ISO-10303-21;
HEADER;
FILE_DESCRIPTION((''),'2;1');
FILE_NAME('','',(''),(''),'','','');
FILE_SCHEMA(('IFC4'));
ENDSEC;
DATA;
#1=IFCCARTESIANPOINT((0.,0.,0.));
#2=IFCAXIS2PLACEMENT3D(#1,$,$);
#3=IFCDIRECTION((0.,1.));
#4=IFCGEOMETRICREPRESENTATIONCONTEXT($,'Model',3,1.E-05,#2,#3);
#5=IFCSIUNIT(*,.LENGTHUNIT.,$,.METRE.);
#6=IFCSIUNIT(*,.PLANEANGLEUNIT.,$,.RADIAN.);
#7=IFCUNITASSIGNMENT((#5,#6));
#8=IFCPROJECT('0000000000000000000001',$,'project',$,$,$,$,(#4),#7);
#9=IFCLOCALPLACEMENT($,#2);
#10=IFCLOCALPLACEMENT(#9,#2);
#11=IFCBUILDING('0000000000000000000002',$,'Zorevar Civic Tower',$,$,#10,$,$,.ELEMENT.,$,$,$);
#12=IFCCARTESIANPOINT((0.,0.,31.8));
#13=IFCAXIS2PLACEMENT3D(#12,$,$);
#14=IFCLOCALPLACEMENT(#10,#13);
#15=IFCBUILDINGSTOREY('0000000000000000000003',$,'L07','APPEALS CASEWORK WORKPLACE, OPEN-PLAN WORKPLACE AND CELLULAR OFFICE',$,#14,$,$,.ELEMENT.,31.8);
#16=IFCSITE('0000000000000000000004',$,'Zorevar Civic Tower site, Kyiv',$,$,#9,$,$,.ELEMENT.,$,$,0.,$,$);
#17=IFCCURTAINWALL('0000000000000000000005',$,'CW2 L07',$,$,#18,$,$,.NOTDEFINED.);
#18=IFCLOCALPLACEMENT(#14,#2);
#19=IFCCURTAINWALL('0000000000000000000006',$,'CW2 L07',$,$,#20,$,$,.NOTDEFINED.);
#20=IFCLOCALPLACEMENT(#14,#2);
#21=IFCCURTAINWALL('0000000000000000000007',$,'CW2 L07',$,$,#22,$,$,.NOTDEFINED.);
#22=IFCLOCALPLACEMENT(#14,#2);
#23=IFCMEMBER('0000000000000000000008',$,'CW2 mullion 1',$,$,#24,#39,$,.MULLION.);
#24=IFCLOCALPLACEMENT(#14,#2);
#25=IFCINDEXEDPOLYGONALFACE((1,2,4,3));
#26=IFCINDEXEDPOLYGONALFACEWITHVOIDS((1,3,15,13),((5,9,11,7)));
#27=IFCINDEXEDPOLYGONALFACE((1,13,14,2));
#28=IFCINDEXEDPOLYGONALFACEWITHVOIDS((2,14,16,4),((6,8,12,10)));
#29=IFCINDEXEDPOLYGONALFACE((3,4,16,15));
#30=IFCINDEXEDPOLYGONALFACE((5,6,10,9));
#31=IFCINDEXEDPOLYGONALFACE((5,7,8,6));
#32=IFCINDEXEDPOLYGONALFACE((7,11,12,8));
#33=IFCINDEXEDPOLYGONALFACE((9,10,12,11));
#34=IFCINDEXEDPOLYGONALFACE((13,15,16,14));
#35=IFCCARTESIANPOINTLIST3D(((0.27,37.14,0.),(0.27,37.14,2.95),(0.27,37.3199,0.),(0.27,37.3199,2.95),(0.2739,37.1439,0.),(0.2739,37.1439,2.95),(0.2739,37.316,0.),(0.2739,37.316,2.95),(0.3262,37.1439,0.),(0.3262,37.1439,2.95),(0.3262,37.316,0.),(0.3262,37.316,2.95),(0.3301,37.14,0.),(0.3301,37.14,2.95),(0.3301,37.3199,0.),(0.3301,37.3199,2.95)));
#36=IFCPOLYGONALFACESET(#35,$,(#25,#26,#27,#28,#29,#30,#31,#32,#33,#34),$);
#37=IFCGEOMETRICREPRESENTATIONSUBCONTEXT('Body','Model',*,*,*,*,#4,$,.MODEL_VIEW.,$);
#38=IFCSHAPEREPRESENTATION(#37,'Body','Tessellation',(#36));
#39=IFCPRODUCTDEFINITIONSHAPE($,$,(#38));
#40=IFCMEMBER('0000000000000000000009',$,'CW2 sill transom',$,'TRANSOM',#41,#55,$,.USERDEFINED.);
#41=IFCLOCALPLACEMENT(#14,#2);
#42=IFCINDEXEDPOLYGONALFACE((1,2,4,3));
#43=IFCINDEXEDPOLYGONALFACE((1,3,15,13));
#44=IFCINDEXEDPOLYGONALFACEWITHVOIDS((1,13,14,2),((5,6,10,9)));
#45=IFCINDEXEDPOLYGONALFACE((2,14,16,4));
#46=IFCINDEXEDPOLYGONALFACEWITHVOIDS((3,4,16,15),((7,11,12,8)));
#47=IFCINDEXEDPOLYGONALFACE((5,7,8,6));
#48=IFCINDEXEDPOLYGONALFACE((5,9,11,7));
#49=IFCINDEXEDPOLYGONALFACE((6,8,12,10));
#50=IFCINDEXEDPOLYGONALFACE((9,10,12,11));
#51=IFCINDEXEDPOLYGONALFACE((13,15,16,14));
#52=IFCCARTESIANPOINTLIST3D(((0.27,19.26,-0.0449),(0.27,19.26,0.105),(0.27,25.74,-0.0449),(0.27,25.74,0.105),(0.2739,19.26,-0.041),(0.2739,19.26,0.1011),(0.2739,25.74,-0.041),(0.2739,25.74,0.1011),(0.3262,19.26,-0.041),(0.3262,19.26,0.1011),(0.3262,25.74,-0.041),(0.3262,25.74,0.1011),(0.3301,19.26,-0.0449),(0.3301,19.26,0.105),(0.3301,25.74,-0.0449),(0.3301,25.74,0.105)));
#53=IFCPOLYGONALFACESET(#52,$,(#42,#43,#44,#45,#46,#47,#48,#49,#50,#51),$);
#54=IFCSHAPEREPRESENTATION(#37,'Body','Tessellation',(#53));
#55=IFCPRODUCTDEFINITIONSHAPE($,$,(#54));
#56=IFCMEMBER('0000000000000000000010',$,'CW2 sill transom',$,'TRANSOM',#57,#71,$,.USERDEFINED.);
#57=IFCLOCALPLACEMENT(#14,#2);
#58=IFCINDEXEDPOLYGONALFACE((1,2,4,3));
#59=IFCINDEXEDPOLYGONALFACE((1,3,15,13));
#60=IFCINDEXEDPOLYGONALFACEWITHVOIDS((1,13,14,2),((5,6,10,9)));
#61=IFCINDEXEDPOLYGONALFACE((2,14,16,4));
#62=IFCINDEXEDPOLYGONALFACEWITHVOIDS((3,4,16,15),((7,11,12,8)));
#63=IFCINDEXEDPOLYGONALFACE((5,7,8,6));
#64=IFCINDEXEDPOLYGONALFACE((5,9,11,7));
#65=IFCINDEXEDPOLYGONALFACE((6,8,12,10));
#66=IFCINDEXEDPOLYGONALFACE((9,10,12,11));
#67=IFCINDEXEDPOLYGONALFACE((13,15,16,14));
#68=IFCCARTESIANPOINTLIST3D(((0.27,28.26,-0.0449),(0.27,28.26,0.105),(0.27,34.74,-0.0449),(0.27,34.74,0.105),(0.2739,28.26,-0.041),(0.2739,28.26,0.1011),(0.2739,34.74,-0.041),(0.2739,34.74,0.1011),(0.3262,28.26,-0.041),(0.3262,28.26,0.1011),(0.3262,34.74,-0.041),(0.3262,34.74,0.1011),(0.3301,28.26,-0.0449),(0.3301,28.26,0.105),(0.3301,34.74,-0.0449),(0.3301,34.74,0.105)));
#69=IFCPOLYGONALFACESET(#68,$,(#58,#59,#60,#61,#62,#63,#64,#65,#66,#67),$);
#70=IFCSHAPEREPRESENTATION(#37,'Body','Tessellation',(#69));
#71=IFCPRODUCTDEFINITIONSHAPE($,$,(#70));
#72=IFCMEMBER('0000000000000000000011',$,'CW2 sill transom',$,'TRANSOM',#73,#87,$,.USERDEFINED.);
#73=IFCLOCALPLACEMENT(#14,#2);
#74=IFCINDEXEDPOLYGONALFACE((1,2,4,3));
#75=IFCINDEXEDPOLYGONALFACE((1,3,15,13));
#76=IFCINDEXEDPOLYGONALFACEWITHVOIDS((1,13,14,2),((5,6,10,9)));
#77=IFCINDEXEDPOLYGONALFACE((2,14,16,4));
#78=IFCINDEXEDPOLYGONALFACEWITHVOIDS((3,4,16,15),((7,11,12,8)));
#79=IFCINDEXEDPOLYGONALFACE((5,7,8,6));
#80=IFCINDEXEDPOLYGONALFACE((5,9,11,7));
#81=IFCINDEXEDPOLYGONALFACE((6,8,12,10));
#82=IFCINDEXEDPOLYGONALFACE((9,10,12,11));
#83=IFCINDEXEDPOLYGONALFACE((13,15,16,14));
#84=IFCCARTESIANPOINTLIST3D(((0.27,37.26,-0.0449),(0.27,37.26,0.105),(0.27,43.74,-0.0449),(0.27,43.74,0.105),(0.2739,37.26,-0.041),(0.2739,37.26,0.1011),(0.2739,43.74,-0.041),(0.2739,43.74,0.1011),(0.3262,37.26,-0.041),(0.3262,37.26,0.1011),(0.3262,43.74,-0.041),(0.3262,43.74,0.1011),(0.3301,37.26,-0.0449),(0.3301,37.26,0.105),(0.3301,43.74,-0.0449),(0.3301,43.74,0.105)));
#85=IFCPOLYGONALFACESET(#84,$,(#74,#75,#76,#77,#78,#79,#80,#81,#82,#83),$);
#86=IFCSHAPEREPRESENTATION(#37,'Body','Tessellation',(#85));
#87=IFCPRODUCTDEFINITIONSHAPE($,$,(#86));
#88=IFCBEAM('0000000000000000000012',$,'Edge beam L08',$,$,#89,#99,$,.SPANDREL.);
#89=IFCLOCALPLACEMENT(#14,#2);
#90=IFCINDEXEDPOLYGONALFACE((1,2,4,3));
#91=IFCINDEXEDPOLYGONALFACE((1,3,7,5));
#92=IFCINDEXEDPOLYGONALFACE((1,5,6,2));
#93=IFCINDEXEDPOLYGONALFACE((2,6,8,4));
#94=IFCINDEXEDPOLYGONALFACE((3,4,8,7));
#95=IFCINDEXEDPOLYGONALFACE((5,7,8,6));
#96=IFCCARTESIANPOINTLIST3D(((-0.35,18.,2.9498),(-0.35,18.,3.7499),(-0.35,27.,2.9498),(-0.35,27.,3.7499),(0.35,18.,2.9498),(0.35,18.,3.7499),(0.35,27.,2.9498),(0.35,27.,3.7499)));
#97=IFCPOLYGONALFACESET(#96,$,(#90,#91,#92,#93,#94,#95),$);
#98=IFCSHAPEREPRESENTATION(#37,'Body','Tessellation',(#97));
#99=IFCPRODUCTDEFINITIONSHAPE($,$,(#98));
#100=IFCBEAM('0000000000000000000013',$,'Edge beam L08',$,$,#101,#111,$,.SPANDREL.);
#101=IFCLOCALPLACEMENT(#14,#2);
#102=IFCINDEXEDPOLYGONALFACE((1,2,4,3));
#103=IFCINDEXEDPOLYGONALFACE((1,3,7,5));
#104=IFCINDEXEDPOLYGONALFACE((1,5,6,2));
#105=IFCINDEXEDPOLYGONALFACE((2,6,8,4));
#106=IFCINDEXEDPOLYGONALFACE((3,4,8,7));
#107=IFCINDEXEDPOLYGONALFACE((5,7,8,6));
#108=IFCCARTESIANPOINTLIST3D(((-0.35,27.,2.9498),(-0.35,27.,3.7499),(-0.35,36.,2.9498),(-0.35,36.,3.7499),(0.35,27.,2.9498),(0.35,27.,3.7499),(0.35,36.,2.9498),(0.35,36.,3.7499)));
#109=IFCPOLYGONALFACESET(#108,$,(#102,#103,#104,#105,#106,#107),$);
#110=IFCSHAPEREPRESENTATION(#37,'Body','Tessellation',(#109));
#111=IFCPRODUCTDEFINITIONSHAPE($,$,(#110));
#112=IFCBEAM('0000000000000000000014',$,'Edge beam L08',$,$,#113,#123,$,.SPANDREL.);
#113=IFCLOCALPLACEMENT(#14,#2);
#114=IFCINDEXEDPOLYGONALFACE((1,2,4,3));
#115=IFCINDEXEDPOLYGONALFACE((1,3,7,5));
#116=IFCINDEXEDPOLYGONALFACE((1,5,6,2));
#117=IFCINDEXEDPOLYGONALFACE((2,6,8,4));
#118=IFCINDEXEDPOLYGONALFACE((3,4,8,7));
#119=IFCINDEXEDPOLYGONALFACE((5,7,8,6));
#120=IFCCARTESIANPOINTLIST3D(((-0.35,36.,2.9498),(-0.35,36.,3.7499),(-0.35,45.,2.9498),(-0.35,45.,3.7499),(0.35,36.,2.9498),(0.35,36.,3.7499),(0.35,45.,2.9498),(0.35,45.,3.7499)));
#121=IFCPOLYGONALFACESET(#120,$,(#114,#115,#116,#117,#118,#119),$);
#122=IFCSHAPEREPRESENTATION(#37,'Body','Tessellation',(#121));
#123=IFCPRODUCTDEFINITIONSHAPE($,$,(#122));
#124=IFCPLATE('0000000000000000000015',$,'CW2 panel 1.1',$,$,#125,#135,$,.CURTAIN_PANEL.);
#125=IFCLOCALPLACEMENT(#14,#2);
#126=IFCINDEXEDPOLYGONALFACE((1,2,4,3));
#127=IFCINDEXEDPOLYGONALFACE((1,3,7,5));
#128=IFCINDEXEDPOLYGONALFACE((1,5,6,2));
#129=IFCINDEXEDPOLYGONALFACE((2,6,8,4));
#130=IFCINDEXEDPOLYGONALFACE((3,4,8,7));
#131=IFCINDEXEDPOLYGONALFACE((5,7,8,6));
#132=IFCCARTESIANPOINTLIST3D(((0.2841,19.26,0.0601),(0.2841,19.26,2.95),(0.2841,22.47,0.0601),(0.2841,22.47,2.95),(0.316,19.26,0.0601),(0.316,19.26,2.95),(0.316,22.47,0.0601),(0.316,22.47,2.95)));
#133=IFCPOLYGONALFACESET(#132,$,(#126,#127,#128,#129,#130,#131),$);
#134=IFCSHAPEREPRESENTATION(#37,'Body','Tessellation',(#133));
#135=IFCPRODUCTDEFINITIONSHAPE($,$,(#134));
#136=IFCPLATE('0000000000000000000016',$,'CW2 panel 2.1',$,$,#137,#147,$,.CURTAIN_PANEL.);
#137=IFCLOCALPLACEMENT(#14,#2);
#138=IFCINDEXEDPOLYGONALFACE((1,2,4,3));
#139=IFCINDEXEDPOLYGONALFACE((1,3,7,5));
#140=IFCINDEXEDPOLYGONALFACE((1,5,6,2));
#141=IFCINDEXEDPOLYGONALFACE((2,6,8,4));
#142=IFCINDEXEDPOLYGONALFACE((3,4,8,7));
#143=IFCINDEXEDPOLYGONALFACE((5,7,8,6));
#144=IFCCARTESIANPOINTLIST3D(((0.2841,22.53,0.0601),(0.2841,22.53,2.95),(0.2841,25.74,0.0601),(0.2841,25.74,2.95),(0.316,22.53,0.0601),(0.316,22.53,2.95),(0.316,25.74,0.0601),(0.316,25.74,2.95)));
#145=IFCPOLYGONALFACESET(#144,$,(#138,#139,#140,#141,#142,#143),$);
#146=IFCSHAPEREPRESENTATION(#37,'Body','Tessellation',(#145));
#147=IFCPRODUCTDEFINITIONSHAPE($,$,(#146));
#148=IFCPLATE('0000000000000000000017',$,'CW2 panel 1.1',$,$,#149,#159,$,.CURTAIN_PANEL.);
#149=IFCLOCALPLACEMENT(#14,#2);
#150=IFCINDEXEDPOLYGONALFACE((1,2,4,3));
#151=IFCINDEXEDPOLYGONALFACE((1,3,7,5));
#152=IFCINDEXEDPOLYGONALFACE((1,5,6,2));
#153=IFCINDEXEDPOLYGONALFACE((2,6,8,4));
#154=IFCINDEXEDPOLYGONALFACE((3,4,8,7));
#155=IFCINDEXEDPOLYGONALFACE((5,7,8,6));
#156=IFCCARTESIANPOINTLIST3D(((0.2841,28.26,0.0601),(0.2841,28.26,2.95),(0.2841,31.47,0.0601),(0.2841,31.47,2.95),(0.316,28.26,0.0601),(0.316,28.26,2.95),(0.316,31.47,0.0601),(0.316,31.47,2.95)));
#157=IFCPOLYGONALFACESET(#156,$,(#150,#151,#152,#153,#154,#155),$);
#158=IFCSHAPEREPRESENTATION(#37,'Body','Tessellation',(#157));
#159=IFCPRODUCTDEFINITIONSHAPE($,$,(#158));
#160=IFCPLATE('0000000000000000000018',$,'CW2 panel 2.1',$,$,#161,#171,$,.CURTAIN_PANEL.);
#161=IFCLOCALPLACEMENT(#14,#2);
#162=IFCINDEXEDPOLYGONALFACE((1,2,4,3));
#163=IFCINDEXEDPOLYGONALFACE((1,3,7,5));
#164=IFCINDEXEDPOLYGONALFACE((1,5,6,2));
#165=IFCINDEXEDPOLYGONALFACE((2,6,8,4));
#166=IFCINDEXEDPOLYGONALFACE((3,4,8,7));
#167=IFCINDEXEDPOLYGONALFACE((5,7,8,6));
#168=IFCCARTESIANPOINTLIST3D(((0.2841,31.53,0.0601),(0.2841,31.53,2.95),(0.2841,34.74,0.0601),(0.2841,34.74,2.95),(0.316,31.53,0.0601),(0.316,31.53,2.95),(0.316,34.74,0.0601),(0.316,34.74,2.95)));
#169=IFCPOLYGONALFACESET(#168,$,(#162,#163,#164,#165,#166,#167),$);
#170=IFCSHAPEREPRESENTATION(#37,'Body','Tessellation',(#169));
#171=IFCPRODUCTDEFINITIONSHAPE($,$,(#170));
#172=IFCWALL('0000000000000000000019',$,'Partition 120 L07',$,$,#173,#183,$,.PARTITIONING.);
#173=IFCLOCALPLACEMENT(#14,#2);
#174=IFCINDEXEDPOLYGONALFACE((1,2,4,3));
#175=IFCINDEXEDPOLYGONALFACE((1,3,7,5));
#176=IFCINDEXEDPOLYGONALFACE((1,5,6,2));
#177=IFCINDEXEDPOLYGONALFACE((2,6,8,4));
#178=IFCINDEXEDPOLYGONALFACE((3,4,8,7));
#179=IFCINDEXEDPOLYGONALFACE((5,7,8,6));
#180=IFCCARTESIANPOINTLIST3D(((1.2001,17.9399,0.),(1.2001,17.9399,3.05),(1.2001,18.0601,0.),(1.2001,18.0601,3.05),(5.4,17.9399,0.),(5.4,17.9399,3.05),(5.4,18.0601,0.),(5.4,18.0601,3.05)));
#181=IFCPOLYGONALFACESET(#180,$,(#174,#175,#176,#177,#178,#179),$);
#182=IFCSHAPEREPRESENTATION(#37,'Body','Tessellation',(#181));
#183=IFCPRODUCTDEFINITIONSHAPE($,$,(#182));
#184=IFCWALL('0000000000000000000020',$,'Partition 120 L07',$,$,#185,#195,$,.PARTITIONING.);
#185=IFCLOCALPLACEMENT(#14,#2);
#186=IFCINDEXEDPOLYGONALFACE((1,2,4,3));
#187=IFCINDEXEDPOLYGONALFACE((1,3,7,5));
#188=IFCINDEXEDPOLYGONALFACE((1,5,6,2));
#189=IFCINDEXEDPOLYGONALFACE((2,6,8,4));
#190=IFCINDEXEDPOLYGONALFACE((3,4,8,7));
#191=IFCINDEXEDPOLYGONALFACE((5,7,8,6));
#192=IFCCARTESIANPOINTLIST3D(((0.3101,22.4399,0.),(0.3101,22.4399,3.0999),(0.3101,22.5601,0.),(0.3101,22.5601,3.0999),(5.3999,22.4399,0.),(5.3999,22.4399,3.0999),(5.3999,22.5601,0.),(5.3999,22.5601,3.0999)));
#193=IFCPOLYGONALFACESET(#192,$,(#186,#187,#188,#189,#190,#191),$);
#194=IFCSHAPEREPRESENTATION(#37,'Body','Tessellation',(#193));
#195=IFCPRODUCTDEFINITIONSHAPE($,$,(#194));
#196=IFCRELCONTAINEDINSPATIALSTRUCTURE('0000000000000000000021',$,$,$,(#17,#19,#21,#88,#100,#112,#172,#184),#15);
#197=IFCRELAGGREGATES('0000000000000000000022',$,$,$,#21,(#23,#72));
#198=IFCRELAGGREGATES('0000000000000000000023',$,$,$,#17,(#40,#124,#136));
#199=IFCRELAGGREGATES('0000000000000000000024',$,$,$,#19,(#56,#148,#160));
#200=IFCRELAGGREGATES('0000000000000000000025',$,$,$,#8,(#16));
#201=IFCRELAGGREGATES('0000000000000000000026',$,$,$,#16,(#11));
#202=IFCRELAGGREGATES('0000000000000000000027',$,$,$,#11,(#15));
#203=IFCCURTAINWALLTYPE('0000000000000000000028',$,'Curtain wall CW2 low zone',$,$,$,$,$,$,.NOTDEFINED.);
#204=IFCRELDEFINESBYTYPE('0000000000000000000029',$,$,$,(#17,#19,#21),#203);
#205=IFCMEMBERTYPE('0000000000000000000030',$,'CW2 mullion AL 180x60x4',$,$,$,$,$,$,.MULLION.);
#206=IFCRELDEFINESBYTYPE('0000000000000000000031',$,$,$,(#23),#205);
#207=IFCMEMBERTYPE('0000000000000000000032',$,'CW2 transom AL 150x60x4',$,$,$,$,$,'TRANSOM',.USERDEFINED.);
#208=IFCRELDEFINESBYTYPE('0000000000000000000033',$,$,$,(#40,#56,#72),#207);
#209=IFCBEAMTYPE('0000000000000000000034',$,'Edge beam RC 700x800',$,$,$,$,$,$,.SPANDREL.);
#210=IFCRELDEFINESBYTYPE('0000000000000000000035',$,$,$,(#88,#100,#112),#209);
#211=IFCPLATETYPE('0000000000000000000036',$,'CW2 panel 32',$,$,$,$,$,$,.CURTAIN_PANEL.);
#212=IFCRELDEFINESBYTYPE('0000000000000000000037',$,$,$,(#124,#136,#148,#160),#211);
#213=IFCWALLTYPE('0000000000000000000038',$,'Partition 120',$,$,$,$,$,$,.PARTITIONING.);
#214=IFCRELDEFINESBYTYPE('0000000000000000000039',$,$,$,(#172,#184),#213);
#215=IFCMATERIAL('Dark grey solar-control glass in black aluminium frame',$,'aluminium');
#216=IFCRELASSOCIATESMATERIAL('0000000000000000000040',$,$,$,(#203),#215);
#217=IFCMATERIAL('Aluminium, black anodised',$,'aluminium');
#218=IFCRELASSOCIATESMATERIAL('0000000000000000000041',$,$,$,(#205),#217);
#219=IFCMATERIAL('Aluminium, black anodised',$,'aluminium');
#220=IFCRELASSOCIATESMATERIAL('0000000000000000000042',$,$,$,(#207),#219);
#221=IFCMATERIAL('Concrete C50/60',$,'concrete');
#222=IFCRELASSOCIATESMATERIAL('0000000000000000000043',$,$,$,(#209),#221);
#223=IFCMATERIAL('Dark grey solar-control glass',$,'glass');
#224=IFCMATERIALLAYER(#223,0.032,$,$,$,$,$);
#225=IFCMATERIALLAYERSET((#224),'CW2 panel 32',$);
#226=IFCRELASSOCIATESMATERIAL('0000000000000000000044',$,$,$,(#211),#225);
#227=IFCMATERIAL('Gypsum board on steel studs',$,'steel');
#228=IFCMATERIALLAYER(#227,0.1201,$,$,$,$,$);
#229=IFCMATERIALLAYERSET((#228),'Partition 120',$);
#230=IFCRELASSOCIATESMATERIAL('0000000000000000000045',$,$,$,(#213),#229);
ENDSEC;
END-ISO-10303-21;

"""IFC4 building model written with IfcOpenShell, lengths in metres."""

from ifc_helpers import new_model, si_unit, direction, frame, frame_2d, origin, origin_2d, place, context, subcontext, project, spatial, rectangle, hollow_rectangle, extrude, material, layer, layer_set, material_profile, profile_set, type_object, element, aggregate, save


model = new_model("IFC4")

# Units and contexts
model_context = context("Model", 3, precision=1e-05, world=origin(), true_north=direction((0.0, 1.0)))
body_context = subcontext(model_context, "Body", "Model", "MODEL_VIEW")
ifc_project = project(units=[si_unit("LENGTHUNIT", "METRE"), si_unit("PLANEANGLEUNIT", "RADIAN")], contexts=[model_context])

# Site, building, storey
site_placement = place(None, origin())
site = spatial("IfcSite", under=ifc_project, at=site_placement, Name="Zorevar Civic Tower site, Kyiv", CompositionType="ELEMENT", RefElevation=0.0)
building_placement = place(site_placement, origin())
building = spatial("IfcBuilding", under=site, at=building_placement, Name="Zorevar Civic Tower", CompositionType="ELEMENT")
storey_placement = place(building_placement, frame((0.0, 0.0, 31.8)))
storey = spatial("IfcBuildingStorey", under=building, at=storey_placement, Name="L07", Description="APPEALS CASEWORK WORKPLACE, OPEN-PLAN WORKPLACE AND CELLULAR OFFICE", CompositionType="ELEMENT", Elevation=31.8)

# Curtain walls
ifc_material_1 = material(Name="Dark grey solar-control glass in black aluminium frame", Category="aluminium")
curtain_wall_type = type_object("IfcCurtainWallType", Name="Curtain wall CW2 low zone", PredefinedType="NOTDEFINED", material=ifc_material_1)
curtain_wall_1_placement = place(storey_placement, origin())
curtain_wall_1 = element("IfcCurtainWall", 1, at=curtain_wall_1_placement, inside=storey, type_object=curtain_wall_type, Name="CW2 L07", PredefinedType="NOTDEFINED")
ifc_material_2 = material(Name="Aluminium, black anodised", Category="aluminium")
ifc_material_profile_1 = material_profile(ifc_material_2, hollow_rectangle(XDim=0.0601, YDim=0.1799, WallThickness=0.0039, at=origin_2d()), Name="AL 180x60x4")
ifc_profile_set_1 = profile_set([ifc_material_profile_1], Name="Aluminium, black anodised")
member_type_1 = type_object("IfcMemberType", Name="CW2 mullion AL 180x60x4", PredefinedType="MULLION", material=ifc_profile_set_1)
curtain_wall_2_placement = place(storey_placement, origin())
curtain_wall_2 = element("IfcCurtainWall", 2, at=curtain_wall_2_placement, inside=storey, type_object=curtain_wall_type, Name="CW2 L07", PredefinedType="NOTDEFINED")

# Curtain wall, member
curtain_wall_3_placement = place(storey_placement, origin())
curtain_wall_3 = element("IfcCurtainWall", 3, at=curtain_wall_3_placement, inside=storey, type_object=curtain_wall_type, Name="CW2 L07", PredefinedType="NOTDEFINED")
member_1_placement = place(storey_placement, frame((0.3, 37.23, 0.0), z_axis=(0.0, 0.0, 1.0), x_axis=(-1.0, 0.0, 0.0)))
member_1 = element("IfcMember", 4, at=member_1_placement, type_object=member_type_1, Name="CW2 mullion 1", PredefinedType="MULLION", context=body_context, shape_type="SweptSolid", body=[
    extrude(hollow_rectangle(XDim=0.0601, YDim=0.1799, WallThickness=0.0039, at=origin_2d()), origin(), (0.0, 0.0, 1.0), 2.95),
])

# Members
ifc_material_3 = material(Name="Aluminium, black anodised", Category="aluminium")
ifc_material_profile_2 = material_profile(ifc_material_3, hollow_rectangle(XDim=0.0601, YDim=0.1499, WallThickness=0.0039, at=origin_2d()), Name="AL 150x60x4")
ifc_profile_set_2 = profile_set([ifc_material_profile_2], Name="Aluminium, black anodised")
member_type_2 = type_object("IfcMemberType", Name="CW2 transom AL 150x60x4", ElementType="TRANSOM", PredefinedType="USERDEFINED", material=ifc_profile_set_2)
member_2_placement = place(storey_placement, frame((0.3, 19.26, 0.03), z_axis=(0.0, 1.0, 0.0), x_axis=(-1.0, 0.0, 0.0)))
member_2 = element("IfcMember", 5, at=member_2_placement, type_object=member_type_2, Name="CW2 sill transom", ObjectType="TRANSOM", PredefinedType="USERDEFINED", context=body_context, shape_type="SweptSolid", body=[
    extrude(hollow_rectangle(XDim=0.0601, YDim=0.1499, WallThickness=0.0039, at=origin_2d()), origin(), (0.0, 0.0, 1.0), 6.48),
])
member_3_placement = place(storey_placement, frame((0.3, 28.26, 0.03), z_axis=(0.0, 1.0, 0.0), x_axis=(-1.0, 0.0, 0.0)))
member_3 = element("IfcMember", 6, at=member_3_placement, type_object=member_type_2, Name="CW2 sill transom", ObjectType="TRANSOM", PredefinedType="USERDEFINED", context=body_context, shape_type="SweptSolid", body=[
    extrude(hollow_rectangle(XDim=0.0601, YDim=0.1499, WallThickness=0.0039, at=origin_2d()), origin(), (0.0, 0.0, 1.0), 6.48),
])
member_4_placement = place(storey_placement, frame((0.3, 37.26, 0.03), z_axis=(0.0, 1.0, 0.0), x_axis=(-1.0, 0.0, 0.0)))
member_4 = element("IfcMember", 7, at=member_4_placement, type_object=member_type_2, Name="CW2 sill transom", ObjectType="TRANSOM", PredefinedType="USERDEFINED", context=body_context, shape_type="SweptSolid", body=[
    extrude(hollow_rectangle(XDim=0.0601, YDim=0.1499, WallThickness=0.0039, at=origin_2d()), origin(), (0.0, 0.0, 1.0), 6.48),
])
aggregate(curtain_wall_3, [member_1, member_4])

# Beams
ifc_material_4 = material(Name="Concrete C50/60", Category="concrete")
ifc_material_profile_3 = material_profile(ifc_material_4, rectangle(XDim=0.7, YDim=0.8, at=origin_2d()), Name="RC 700x800")
ifc_profile_set_3 = profile_set([ifc_material_profile_3], Name="Concrete C50/60")
beam_type_1 = type_object("IfcBeamType", Name="Edge beam RC 700x800", PredefinedType="SPANDREL", material=ifc_profile_set_3)
for number, where, z_axis, x_axis, name in (
    (8, (0.0, 18.0, 3.3499), (0.0, 1.0, 0.0), (-1.0, 0.0, 0.0), "Edge beam L08"),
    (9, (0.0, 27.0, 3.3499), (0.0, 1.0, 0.0), (-1.0, 0.0, 0.0), "Edge beam L08"),
    (10, (0.0, 36.0, 3.3499), (0.0, 1.0, 0.0), (-1.0, 0.0, 0.0), "Edge beam L08"),
):
    element("IfcBeam", number, at=place(storey_placement, frame(where, z_axis=z_axis, x_axis=x_axis)), inside=storey, type_object=beam_type_1, Name=name, PredefinedType="SPANDREL", context=body_context, shape_type="SweptSolid", body=[
        extrude(rectangle(XDim=0.7, YDim=0.8, at=origin_2d()), origin(), (0.0, 0.0, 1.0), 9.0),
    ])

# Plates
ifc_material_5 = material(Name="Dark grey solar-control glass", Category="glass")
ifc_layer_1 = layer(ifc_material_5, 0.032)
ifc_layer_set_1 = layer_set([ifc_layer_1], Name="CW2 panel 32")
plate_type = type_object("IfcPlateType", Name="CW2 panel 32", PredefinedType="CURTAIN_PANEL", material=ifc_layer_set_1)
plate_1_placement = place(storey_placement, frame((0.3, 20.865, 0.0601), z_axis=(0.0, 0.0, 1.0), x_axis=(0.0, 1.0, 0.0)))
plate_1 = element("IfcPlate", 11, at=plate_1_placement, type_object=plate_type, Name="CW2 panel 1.1", PredefinedType="CURTAIN_PANEL", context=body_context, shape_type="SweptSolid", body=[
    extrude(rectangle(XDim=3.21, YDim=0.032, at=origin_2d()), origin(), (0.0, 0.0, 1.0), 2.8899),
])
plate_2_placement = place(storey_placement, frame((0.3, 24.135, 0.0601), z_axis=(0.0, 0.0, 1.0), x_axis=(0.0, 1.0, 0.0)))
plate_2 = element("IfcPlate", 12, at=plate_2_placement, type_object=plate_type, Name="CW2 panel 2.1", PredefinedType="CURTAIN_PANEL", context=body_context, shape_type="SweptSolid", body=[
    extrude(rectangle(XDim=3.21, YDim=0.032, at=origin_2d()), origin(), (0.0, 0.0, 1.0), 2.8899),
])
aggregate(curtain_wall_1, [member_2, plate_1, plate_2])
plate_3_placement = place(storey_placement, frame((0.3, 29.865, 0.0601), z_axis=(0.0, 0.0, 1.0), x_axis=(0.0, 1.0, 0.0)))
plate_3 = element("IfcPlate", 13, at=plate_3_placement, type_object=plate_type, Name="CW2 panel 1.1", PredefinedType="CURTAIN_PANEL", context=body_context, shape_type="SweptSolid", body=[
    extrude(rectangle(XDim=3.21, YDim=0.032, at=origin_2d()), origin(), (0.0, 0.0, 1.0), 2.8899),
])
plate_4_placement = place(storey_placement, frame((0.3, 33.135, 0.0601), z_axis=(0.0, 0.0, 1.0), x_axis=(0.0, 1.0, 0.0)))
plate_4 = element("IfcPlate", 14, at=plate_4_placement, type_object=plate_type, Name="CW2 panel 2.1", PredefinedType="CURTAIN_PANEL", context=body_context, shape_type="SweptSolid", body=[
    extrude(rectangle(XDim=3.21, YDim=0.032, at=origin_2d()), origin(), (0.0, 0.0, 1.0), 2.8899),
])
aggregate(curtain_wall_2, [member_3, plate_3, plate_4])

# Walls
ifc_material_6 = material(Name="Gypsum board on steel studs", Category="steel")
ifc_layer_2 = layer(ifc_material_6, 0.1201)
ifc_layer_set_2 = layer_set([ifc_layer_2], Name="Partition 120")
wall_type = type_object("IfcWallType", Name="Partition 120", PredefinedType="PARTITIONING", material=ifc_layer_set_2)
wall_1_placement = place(storey_placement, frame((1.2, 18.0, 0.0), z_axis=(0.0, 0.0, 1.0), x_axis=(1.0, 0.0, 0.0)))
element("IfcWall", 15, at=wall_1_placement, inside=storey, type_object=wall_type, Name="Partition 120 L07", PredefinedType="PARTITIONING", context=body_context, shape_type="SweptSolid", body=[
    extrude(rectangle(XDim=4.2, YDim=0.1201, at=frame_2d((2.1001, 0.0))), origin(), (0.0, 0.0, 1.0), 3.05),
])
wall_2_placement = place(storey_placement, frame((0.3101, 22.5, 0.0), z_axis=(0.0, 0.0, 1.0), x_axis=(1.0, 0.0, 0.0)))
element("IfcWall", 16, at=wall_2_placement, inside=storey, type_object=wall_type, Name="Partition 120 L07", PredefinedType="PARTITIONING", context=body_context, shape_type="SweptSolid", body=[
    extrude(rectangle(XDim=5.0898, YDim=0.1201, at=frame_2d((2.5449, 0.0))), origin(), (0.0, 0.0, 1.0), 3.0999),
])

save(model, "model.ifc")
